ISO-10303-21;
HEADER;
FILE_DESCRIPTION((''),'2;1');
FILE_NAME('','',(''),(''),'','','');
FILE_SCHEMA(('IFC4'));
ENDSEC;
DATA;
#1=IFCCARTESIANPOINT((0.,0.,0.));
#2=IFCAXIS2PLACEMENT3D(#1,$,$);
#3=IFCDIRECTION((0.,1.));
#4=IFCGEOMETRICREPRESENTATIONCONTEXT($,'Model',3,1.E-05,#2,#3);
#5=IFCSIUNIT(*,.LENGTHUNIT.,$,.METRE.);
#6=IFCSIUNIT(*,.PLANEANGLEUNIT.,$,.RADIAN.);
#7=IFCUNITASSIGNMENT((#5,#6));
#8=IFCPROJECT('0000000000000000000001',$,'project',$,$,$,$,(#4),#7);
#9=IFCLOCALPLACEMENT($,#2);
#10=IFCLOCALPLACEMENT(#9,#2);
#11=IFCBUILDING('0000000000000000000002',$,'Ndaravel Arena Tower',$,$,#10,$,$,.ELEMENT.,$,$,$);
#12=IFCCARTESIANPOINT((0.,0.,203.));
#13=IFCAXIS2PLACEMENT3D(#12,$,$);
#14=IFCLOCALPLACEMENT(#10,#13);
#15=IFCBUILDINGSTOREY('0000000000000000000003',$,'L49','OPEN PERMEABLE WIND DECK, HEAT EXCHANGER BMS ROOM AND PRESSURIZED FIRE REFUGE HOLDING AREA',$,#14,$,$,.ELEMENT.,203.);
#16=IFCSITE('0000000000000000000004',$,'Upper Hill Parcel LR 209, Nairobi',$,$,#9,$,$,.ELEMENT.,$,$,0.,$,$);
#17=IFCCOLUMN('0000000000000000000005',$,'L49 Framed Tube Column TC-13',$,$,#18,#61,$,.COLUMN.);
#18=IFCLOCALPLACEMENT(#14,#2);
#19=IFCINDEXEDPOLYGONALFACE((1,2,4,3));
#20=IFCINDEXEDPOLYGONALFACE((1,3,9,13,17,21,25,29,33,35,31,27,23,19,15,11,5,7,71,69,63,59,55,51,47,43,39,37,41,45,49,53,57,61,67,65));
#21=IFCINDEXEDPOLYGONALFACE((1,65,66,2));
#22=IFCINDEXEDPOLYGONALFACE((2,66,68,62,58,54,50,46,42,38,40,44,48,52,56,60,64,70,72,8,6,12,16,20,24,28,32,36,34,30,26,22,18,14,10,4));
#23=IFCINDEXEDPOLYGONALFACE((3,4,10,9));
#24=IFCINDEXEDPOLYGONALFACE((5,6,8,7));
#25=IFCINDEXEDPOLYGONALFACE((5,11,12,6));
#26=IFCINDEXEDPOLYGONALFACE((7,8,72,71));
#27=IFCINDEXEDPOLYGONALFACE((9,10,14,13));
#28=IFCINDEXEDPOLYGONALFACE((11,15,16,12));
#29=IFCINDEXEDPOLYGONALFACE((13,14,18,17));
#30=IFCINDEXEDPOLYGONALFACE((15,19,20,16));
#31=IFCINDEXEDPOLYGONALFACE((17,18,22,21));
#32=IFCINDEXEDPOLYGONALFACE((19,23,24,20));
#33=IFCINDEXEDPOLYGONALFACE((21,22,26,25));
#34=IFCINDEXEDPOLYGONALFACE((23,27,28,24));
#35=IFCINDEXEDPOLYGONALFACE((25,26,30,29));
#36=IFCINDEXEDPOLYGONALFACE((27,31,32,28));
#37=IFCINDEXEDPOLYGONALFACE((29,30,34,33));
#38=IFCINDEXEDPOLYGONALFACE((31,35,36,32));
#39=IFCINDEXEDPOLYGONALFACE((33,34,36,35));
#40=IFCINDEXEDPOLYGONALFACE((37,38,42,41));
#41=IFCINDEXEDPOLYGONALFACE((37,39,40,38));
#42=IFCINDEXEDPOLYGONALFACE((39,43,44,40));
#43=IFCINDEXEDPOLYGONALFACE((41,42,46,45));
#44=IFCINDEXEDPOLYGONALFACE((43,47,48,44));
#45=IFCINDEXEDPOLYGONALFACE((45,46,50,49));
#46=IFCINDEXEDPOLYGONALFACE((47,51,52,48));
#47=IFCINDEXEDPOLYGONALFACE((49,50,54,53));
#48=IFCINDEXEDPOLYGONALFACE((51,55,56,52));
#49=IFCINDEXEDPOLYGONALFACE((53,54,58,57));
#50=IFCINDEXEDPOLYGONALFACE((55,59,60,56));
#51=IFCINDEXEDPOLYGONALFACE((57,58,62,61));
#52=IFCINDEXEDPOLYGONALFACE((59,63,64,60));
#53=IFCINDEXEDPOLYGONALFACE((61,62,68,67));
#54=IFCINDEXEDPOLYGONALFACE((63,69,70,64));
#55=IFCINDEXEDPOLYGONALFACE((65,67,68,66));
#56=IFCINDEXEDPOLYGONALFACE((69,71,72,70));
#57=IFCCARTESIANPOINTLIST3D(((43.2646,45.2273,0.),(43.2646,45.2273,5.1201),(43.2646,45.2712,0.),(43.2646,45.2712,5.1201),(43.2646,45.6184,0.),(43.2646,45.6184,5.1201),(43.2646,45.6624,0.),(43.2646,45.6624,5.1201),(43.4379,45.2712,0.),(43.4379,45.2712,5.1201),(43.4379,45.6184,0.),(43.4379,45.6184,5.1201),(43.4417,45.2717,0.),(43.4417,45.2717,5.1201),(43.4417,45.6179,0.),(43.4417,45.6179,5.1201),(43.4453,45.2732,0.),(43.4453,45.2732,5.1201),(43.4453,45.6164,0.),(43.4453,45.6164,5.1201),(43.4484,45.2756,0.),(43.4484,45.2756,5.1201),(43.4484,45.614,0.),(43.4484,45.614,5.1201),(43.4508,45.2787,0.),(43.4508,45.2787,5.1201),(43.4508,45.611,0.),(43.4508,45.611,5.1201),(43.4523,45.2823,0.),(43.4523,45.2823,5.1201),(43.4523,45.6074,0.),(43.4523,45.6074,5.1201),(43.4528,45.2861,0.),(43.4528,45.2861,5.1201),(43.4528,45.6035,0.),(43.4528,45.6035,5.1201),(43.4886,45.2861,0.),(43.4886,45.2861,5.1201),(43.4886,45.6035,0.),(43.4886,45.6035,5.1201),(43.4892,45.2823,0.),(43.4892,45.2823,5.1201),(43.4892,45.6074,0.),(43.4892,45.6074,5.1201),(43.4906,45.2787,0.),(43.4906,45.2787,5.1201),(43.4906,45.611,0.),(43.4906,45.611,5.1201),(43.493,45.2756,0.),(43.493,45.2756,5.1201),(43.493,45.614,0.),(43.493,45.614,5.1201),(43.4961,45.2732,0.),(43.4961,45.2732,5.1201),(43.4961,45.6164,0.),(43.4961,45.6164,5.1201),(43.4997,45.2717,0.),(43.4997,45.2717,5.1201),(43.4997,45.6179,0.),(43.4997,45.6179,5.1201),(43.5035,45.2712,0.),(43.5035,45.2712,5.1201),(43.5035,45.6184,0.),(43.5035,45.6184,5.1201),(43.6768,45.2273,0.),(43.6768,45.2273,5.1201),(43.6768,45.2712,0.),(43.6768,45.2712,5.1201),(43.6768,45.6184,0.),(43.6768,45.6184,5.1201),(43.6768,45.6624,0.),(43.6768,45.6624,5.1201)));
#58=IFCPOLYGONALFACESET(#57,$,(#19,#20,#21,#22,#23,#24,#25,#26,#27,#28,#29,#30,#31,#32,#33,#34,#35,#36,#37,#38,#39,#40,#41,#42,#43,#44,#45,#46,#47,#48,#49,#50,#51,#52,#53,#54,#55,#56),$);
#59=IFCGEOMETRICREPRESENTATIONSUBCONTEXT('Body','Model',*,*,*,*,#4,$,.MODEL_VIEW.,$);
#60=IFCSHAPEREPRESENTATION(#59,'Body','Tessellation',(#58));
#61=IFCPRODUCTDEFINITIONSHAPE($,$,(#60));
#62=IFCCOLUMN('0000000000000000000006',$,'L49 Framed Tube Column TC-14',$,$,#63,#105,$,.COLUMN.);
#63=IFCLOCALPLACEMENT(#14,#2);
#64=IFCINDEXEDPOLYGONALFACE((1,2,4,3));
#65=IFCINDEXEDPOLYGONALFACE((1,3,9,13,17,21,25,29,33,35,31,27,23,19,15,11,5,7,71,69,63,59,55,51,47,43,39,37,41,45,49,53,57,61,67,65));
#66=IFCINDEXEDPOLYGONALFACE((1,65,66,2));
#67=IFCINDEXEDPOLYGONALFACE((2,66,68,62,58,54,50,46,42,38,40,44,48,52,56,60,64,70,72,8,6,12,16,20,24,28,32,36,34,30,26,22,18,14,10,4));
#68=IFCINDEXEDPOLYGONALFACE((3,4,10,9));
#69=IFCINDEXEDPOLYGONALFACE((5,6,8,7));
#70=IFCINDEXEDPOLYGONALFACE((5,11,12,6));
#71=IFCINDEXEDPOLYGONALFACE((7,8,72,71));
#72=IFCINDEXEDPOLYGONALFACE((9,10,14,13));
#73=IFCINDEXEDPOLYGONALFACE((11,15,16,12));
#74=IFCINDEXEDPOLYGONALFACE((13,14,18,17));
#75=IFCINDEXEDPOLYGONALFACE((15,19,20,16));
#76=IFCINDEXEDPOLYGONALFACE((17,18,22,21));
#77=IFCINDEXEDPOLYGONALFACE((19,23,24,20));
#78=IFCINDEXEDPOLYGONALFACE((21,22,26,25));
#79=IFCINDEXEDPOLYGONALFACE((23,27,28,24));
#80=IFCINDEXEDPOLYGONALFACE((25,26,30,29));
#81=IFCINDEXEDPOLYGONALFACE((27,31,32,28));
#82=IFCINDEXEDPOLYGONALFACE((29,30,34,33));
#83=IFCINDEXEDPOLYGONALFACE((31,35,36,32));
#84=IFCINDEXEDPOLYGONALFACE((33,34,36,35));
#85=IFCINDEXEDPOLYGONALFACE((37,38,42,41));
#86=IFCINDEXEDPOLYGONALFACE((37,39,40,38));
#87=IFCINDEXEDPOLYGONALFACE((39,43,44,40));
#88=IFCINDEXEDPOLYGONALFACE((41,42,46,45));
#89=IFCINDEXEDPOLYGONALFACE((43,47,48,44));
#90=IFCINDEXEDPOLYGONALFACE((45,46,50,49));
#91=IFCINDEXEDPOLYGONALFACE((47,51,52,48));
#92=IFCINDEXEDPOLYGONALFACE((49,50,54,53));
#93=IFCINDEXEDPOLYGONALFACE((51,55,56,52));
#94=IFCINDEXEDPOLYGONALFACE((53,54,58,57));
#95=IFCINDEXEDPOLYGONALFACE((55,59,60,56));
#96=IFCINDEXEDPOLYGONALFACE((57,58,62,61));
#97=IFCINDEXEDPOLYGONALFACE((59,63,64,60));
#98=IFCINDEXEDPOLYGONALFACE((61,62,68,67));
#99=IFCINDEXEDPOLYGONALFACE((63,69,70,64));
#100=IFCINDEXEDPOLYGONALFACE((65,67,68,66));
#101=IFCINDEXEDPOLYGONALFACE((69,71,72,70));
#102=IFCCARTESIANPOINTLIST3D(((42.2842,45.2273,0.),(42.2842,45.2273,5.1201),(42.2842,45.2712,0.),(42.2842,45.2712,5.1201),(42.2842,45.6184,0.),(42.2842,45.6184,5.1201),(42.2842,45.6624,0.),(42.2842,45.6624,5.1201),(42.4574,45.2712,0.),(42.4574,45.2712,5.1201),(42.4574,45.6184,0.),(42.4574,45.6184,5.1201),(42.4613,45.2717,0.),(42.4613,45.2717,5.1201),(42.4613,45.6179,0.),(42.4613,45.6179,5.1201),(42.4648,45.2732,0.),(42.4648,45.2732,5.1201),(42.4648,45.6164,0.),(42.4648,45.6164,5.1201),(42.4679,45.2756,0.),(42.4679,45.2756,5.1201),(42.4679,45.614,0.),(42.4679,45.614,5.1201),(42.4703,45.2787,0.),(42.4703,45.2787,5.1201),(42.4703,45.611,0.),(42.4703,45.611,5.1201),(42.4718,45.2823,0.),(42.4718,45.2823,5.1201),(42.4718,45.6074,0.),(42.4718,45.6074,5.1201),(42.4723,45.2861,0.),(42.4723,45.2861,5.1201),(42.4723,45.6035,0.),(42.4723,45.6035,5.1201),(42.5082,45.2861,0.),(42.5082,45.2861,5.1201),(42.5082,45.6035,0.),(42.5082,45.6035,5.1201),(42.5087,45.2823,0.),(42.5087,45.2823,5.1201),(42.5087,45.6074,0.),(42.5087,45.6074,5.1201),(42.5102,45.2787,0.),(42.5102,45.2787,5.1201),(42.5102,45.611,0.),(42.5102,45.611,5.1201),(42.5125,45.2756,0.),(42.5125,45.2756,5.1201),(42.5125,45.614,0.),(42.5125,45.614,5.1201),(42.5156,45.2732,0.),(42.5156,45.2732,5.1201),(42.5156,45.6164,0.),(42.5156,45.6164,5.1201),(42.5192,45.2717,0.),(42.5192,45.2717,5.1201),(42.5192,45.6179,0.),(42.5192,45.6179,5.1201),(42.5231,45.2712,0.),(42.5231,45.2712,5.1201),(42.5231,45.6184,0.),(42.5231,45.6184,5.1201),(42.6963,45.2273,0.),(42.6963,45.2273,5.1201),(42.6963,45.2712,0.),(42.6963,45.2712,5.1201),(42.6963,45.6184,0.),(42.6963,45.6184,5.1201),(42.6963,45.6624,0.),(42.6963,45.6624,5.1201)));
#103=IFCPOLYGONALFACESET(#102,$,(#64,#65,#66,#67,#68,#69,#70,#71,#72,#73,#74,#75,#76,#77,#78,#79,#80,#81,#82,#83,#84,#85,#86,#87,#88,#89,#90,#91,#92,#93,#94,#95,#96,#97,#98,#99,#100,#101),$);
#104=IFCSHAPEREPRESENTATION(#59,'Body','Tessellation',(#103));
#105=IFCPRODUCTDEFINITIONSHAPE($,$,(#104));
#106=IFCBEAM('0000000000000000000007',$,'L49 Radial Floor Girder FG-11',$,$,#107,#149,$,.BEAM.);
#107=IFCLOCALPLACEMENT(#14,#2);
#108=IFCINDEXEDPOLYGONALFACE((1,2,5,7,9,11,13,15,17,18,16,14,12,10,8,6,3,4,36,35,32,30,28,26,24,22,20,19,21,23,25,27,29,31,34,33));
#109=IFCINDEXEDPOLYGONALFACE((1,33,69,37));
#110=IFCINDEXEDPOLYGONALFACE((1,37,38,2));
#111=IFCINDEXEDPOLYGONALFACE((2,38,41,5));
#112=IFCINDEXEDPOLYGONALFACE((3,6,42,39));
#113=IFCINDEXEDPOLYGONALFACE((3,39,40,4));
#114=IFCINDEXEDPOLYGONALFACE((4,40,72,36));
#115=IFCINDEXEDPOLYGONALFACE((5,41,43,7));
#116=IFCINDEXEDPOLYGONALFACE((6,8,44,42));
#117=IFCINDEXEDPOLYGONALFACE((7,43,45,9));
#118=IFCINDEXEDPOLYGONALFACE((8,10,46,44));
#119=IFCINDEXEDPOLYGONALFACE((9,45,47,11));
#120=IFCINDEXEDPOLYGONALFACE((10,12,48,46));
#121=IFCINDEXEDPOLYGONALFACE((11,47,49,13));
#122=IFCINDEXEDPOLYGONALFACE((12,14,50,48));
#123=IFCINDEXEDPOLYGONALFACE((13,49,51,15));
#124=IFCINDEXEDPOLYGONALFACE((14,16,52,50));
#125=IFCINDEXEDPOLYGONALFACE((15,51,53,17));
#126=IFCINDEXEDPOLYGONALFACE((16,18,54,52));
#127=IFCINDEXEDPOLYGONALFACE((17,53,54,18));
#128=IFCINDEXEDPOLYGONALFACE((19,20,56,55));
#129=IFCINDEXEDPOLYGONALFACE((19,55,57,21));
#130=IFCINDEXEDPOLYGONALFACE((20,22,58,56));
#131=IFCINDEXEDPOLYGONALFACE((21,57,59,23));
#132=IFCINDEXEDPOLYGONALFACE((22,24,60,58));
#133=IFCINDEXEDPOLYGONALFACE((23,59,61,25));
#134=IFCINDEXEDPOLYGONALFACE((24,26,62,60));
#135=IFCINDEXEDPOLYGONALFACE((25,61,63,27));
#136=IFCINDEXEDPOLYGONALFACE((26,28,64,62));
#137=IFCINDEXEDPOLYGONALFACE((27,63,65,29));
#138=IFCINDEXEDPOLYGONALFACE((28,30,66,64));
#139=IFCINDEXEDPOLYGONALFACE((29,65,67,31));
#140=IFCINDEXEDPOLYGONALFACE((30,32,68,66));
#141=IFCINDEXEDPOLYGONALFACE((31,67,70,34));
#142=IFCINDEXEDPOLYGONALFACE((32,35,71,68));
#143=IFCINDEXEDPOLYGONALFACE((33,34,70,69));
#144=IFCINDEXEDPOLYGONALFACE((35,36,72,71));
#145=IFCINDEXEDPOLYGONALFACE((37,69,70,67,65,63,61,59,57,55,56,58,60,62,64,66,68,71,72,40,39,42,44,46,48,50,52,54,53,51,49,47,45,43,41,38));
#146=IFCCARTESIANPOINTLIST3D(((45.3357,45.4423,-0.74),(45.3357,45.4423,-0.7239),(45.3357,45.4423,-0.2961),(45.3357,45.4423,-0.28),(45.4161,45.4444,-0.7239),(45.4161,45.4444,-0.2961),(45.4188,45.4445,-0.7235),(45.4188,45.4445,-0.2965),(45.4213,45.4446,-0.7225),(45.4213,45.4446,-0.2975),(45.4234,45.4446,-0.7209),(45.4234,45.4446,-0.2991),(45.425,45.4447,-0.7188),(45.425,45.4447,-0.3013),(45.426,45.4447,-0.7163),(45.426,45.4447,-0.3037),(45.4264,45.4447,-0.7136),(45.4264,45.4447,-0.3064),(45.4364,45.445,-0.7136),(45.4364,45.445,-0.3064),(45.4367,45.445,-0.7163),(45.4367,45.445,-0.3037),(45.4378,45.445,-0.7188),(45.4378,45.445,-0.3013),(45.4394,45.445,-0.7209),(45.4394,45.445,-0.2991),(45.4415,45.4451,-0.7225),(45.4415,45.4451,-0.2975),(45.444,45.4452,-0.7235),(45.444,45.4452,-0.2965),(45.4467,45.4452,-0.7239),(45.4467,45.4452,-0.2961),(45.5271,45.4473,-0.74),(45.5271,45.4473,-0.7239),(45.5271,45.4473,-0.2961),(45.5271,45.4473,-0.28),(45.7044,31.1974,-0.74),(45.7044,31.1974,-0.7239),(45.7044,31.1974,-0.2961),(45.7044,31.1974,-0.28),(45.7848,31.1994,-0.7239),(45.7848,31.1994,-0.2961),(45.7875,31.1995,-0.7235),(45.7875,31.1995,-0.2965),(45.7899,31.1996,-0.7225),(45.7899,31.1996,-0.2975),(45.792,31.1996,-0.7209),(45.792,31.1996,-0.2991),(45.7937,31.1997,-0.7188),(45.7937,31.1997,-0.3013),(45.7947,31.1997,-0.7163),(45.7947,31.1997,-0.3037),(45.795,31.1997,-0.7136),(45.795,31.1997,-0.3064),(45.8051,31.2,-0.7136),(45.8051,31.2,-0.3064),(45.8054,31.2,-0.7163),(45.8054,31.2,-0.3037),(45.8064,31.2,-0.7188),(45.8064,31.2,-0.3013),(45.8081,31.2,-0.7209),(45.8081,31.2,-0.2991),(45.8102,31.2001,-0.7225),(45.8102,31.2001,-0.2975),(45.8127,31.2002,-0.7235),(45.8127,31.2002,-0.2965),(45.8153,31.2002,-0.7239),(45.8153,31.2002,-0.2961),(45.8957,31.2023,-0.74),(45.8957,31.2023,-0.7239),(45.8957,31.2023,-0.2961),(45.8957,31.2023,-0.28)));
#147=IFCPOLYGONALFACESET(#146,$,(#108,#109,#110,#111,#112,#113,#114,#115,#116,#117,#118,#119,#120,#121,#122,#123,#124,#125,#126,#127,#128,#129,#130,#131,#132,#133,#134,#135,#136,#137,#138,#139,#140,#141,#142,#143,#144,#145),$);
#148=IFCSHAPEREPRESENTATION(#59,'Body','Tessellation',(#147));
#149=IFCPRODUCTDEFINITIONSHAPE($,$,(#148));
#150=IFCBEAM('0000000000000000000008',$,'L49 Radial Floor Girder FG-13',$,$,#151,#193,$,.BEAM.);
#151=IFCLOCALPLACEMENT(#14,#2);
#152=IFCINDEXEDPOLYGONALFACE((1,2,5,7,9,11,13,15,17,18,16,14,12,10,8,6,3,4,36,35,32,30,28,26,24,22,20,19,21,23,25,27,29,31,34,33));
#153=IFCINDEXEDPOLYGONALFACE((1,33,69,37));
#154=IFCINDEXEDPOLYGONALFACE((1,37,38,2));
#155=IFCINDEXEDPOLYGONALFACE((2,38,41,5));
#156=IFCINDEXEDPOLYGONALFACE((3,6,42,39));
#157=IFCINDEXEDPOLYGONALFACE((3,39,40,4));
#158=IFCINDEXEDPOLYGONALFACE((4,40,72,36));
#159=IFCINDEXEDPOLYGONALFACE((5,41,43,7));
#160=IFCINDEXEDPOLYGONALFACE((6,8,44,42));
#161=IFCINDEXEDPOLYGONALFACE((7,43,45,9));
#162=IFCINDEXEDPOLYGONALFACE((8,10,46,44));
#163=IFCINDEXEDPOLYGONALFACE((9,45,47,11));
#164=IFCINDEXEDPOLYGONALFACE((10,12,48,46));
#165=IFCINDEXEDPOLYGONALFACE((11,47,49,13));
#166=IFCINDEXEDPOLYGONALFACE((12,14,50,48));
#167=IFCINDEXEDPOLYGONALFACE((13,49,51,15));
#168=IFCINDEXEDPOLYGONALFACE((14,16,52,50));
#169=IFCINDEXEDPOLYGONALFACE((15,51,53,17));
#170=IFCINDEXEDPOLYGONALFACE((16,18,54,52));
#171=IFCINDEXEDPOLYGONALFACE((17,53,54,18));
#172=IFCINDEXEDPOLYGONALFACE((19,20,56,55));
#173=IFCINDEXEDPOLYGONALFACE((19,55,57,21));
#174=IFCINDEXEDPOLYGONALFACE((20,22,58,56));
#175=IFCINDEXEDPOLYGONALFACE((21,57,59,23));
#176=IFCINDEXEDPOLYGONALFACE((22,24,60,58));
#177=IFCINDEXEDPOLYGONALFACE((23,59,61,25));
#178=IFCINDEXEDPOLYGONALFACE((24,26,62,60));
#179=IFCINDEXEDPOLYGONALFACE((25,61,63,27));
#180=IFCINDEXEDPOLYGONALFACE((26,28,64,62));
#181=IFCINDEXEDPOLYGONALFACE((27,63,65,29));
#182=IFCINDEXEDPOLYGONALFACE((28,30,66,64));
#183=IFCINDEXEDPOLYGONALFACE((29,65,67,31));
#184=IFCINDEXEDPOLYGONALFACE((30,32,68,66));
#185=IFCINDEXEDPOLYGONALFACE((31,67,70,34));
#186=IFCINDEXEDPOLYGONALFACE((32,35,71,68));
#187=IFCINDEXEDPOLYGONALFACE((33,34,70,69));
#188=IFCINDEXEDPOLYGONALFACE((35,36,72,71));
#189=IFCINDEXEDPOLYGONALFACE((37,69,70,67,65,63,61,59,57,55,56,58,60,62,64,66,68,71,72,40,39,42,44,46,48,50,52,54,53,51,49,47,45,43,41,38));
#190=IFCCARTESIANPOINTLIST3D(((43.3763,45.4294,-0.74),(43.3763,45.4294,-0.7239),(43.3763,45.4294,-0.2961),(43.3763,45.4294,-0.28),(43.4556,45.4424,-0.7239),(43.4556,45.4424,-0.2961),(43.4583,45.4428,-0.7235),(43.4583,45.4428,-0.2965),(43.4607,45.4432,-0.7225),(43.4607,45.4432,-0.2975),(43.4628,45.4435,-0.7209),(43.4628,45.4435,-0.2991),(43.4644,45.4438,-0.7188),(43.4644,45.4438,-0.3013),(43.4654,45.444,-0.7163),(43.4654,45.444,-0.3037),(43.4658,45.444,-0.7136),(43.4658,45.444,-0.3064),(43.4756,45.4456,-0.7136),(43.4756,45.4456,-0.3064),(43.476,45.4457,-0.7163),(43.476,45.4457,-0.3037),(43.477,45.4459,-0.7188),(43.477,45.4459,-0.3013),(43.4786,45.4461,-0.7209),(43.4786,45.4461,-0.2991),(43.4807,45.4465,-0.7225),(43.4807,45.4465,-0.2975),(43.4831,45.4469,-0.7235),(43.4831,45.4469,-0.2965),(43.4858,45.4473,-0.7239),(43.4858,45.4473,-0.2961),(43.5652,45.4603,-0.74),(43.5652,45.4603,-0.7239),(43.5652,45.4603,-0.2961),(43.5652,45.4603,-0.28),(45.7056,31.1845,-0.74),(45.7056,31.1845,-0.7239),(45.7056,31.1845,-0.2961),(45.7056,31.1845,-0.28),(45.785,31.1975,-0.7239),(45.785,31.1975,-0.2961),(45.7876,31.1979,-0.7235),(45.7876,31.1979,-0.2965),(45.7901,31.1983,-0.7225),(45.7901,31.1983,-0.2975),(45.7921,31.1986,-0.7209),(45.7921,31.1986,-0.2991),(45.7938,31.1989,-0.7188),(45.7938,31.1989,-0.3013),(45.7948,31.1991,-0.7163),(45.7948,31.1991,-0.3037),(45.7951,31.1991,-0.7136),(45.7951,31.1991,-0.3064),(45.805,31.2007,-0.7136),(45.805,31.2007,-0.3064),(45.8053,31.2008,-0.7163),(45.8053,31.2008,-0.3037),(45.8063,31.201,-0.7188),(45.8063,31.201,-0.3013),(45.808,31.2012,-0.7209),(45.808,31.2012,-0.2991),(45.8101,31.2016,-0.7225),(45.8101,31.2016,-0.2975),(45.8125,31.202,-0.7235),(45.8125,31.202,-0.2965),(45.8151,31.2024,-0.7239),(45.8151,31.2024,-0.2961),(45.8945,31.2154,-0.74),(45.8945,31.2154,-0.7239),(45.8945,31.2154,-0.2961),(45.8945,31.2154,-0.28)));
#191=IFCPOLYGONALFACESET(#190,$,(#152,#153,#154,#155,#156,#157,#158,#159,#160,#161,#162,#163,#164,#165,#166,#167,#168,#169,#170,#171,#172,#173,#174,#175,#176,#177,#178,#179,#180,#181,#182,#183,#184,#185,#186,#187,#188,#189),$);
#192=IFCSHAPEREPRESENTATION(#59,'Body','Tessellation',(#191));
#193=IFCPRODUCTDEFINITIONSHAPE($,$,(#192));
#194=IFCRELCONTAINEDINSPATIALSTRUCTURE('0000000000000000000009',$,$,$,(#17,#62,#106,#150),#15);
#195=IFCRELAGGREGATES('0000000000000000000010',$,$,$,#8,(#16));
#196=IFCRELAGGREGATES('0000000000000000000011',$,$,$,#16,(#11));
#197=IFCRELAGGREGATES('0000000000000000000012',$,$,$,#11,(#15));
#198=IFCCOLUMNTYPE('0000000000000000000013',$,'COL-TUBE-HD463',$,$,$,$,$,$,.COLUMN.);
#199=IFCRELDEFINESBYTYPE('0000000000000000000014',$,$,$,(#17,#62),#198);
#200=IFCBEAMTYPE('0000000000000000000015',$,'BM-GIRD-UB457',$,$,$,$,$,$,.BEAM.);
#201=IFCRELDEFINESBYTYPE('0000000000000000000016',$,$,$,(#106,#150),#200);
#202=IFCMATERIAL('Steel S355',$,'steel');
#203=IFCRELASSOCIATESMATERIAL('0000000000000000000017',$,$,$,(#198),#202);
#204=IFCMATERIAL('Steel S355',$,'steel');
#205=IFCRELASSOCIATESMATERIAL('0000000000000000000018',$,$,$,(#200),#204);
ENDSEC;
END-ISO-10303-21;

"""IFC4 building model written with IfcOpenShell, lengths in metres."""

from ifc_helpers import new_model, si_unit, direction, frame, origin, origin_2d, place, context, subcontext, project, spatial, i_section, extrude, material, material_profile, profile_set, type_object, element, save


model = new_model("IFC4")

# Units and contexts
model_context = context("Model", 3, precision=1e-05, world=origin(), true_north=direction((0.0, 1.0)))
body_context = subcontext(model_context, "Body", "Model", "MODEL_VIEW")
ifc_project = project(units=[si_unit("LENGTHUNIT", "METRE"), si_unit("PLANEANGLEUNIT", "RADIAN")], contexts=[model_context])

# Site, building, storey
site_placement = place(None, origin())
site = spatial("IfcSite", under=ifc_project, at=site_placement, Name="Upper Hill Parcel LR 209, Nairobi", CompositionType="ELEMENT", RefElevation=0.0)
building_placement = place(site_placement, origin())
building = spatial("IfcBuilding", under=site, at=building_placement, Name="Ndaravel Arena Tower", CompositionType="ELEMENT")
storey_placement = place(building_placement, frame((0.0, 0.0, 203.0)))
storey = spatial("IfcBuildingStorey", under=building, at=storey_placement, Name="L49", Description="OPEN PERMEABLE WIND DECK, HEAT EXCHANGER BMS ROOM AND PRESSURIZED FIRE REFUGE HOLDING AREA", CompositionType="ELEMENT", Elevation=203.0)

# Columns
ifc_material_1 = material(Name="Steel S355", Category="steel")
ifc_material_profile_1 = material_profile(ifc_material_1, i_section(OverallWidth=0.4121, OverallDepth=0.4351, WebThickness=0.0359, FlangeThickness=0.0439, FilletRadius=0.0149, at=origin_2d()), Name="HD 400x463")
ifc_profile_set_1 = profile_set([ifc_material_profile_1], Name="Steel S355")
column_type_1 = type_object("IfcColumnType", Name="COL-TUBE-HD463", PredefinedType="COLUMN", material=ifc_profile_set_1)
for number, where, z_axis, x_axis, name in (
    (1, (43.4707, 45.4448, 0.0), (0.0, 0.0, 1.0), (1.0, 0.0, 0.0), "L49 Framed Tube Column TC-13"),
    (2, (42.4902, 45.4448, 0.0), (0.0, 0.0, 1.0), (1.0, 0.0, 0.0), "L49 Framed Tube Column TC-14"),
):
    element("IfcColumn", number, at=place(storey_placement, frame(where, z_axis=z_axis, x_axis=x_axis)), inside=storey, type_object=column_type_1, Name=name, PredefinedType="COLUMN", context=body_context, shape_type="SweptSolid", body=[
        extrude(i_section(OverallWidth=0.4121, OverallDepth=0.4351, WebThickness=0.0359, FlangeThickness=0.0439, FilletRadius=0.0149, at=origin_2d()), origin(), (0.0, 0.0, 1.0), 5.1201),
    ])

# Beams
ifc_material_2 = material(Name="Steel S355", Category="steel")
ifc_material_profile_2 = material_profile(ifc_material_2, i_section(OverallWidth=0.1914, OverallDepth=0.46, WebThickness=0.01, FlangeThickness=0.0161, FilletRadius=0.0103, at=origin_2d()), Name="UB 457x191x82")
ifc_profile_set_2 = profile_set([ifc_material_profile_2], Name="Steel S355")
beam_type_1 = type_object("IfcBeamType", Name="BM-GIRD-UB457", PredefinedType="BEAM", material=ifc_profile_set_2)
beam_1_placement = place(storey_placement, frame((45.4314, 45.4448, -0.51), z_axis=(0.025871, -0.999665, 0.0), x_axis=(0.999665, 0.025871, 0.0)))
element("IfcBeam", 3, at=beam_1_placement, inside=storey, type_object=beam_type_1, Name="L49 Radial Floor Girder FG-11", PredefinedType="BEAM", context=body_context, shape_type="SweptSolid", body=[
    extrude(i_section(OverallWidth=0.1914, OverallDepth=0.46, WebThickness=0.01, FlangeThickness=0.0161, FilletRadius=0.0103, at=origin_2d()), origin(), (0.0, 0.0, 1.0), 14.2498),
])
beam_2_placement = place(storey_placement, frame((43.4707, 45.4448, -0.51), z_axis=(0.161378, -0.986893, 0.0), x_axis=(0.986893, 0.161378, 0.0)))
element("IfcBeam", 4, at=beam_2_placement, inside=storey, type_object=beam_type_1, Name="L49 Radial Floor Girder FG-13", PredefinedType="BEAM", context=body_context, shape_type="SweptSolid", body=[
    extrude(i_section(OverallWidth=0.1914, OverallDepth=0.46, WebThickness=0.01, FlangeThickness=0.0161, FilletRadius=0.0103, at=origin_2d()), origin(), (0.0, 0.0, 1.0), 14.4341),
])

save(model, "model.ifc")
